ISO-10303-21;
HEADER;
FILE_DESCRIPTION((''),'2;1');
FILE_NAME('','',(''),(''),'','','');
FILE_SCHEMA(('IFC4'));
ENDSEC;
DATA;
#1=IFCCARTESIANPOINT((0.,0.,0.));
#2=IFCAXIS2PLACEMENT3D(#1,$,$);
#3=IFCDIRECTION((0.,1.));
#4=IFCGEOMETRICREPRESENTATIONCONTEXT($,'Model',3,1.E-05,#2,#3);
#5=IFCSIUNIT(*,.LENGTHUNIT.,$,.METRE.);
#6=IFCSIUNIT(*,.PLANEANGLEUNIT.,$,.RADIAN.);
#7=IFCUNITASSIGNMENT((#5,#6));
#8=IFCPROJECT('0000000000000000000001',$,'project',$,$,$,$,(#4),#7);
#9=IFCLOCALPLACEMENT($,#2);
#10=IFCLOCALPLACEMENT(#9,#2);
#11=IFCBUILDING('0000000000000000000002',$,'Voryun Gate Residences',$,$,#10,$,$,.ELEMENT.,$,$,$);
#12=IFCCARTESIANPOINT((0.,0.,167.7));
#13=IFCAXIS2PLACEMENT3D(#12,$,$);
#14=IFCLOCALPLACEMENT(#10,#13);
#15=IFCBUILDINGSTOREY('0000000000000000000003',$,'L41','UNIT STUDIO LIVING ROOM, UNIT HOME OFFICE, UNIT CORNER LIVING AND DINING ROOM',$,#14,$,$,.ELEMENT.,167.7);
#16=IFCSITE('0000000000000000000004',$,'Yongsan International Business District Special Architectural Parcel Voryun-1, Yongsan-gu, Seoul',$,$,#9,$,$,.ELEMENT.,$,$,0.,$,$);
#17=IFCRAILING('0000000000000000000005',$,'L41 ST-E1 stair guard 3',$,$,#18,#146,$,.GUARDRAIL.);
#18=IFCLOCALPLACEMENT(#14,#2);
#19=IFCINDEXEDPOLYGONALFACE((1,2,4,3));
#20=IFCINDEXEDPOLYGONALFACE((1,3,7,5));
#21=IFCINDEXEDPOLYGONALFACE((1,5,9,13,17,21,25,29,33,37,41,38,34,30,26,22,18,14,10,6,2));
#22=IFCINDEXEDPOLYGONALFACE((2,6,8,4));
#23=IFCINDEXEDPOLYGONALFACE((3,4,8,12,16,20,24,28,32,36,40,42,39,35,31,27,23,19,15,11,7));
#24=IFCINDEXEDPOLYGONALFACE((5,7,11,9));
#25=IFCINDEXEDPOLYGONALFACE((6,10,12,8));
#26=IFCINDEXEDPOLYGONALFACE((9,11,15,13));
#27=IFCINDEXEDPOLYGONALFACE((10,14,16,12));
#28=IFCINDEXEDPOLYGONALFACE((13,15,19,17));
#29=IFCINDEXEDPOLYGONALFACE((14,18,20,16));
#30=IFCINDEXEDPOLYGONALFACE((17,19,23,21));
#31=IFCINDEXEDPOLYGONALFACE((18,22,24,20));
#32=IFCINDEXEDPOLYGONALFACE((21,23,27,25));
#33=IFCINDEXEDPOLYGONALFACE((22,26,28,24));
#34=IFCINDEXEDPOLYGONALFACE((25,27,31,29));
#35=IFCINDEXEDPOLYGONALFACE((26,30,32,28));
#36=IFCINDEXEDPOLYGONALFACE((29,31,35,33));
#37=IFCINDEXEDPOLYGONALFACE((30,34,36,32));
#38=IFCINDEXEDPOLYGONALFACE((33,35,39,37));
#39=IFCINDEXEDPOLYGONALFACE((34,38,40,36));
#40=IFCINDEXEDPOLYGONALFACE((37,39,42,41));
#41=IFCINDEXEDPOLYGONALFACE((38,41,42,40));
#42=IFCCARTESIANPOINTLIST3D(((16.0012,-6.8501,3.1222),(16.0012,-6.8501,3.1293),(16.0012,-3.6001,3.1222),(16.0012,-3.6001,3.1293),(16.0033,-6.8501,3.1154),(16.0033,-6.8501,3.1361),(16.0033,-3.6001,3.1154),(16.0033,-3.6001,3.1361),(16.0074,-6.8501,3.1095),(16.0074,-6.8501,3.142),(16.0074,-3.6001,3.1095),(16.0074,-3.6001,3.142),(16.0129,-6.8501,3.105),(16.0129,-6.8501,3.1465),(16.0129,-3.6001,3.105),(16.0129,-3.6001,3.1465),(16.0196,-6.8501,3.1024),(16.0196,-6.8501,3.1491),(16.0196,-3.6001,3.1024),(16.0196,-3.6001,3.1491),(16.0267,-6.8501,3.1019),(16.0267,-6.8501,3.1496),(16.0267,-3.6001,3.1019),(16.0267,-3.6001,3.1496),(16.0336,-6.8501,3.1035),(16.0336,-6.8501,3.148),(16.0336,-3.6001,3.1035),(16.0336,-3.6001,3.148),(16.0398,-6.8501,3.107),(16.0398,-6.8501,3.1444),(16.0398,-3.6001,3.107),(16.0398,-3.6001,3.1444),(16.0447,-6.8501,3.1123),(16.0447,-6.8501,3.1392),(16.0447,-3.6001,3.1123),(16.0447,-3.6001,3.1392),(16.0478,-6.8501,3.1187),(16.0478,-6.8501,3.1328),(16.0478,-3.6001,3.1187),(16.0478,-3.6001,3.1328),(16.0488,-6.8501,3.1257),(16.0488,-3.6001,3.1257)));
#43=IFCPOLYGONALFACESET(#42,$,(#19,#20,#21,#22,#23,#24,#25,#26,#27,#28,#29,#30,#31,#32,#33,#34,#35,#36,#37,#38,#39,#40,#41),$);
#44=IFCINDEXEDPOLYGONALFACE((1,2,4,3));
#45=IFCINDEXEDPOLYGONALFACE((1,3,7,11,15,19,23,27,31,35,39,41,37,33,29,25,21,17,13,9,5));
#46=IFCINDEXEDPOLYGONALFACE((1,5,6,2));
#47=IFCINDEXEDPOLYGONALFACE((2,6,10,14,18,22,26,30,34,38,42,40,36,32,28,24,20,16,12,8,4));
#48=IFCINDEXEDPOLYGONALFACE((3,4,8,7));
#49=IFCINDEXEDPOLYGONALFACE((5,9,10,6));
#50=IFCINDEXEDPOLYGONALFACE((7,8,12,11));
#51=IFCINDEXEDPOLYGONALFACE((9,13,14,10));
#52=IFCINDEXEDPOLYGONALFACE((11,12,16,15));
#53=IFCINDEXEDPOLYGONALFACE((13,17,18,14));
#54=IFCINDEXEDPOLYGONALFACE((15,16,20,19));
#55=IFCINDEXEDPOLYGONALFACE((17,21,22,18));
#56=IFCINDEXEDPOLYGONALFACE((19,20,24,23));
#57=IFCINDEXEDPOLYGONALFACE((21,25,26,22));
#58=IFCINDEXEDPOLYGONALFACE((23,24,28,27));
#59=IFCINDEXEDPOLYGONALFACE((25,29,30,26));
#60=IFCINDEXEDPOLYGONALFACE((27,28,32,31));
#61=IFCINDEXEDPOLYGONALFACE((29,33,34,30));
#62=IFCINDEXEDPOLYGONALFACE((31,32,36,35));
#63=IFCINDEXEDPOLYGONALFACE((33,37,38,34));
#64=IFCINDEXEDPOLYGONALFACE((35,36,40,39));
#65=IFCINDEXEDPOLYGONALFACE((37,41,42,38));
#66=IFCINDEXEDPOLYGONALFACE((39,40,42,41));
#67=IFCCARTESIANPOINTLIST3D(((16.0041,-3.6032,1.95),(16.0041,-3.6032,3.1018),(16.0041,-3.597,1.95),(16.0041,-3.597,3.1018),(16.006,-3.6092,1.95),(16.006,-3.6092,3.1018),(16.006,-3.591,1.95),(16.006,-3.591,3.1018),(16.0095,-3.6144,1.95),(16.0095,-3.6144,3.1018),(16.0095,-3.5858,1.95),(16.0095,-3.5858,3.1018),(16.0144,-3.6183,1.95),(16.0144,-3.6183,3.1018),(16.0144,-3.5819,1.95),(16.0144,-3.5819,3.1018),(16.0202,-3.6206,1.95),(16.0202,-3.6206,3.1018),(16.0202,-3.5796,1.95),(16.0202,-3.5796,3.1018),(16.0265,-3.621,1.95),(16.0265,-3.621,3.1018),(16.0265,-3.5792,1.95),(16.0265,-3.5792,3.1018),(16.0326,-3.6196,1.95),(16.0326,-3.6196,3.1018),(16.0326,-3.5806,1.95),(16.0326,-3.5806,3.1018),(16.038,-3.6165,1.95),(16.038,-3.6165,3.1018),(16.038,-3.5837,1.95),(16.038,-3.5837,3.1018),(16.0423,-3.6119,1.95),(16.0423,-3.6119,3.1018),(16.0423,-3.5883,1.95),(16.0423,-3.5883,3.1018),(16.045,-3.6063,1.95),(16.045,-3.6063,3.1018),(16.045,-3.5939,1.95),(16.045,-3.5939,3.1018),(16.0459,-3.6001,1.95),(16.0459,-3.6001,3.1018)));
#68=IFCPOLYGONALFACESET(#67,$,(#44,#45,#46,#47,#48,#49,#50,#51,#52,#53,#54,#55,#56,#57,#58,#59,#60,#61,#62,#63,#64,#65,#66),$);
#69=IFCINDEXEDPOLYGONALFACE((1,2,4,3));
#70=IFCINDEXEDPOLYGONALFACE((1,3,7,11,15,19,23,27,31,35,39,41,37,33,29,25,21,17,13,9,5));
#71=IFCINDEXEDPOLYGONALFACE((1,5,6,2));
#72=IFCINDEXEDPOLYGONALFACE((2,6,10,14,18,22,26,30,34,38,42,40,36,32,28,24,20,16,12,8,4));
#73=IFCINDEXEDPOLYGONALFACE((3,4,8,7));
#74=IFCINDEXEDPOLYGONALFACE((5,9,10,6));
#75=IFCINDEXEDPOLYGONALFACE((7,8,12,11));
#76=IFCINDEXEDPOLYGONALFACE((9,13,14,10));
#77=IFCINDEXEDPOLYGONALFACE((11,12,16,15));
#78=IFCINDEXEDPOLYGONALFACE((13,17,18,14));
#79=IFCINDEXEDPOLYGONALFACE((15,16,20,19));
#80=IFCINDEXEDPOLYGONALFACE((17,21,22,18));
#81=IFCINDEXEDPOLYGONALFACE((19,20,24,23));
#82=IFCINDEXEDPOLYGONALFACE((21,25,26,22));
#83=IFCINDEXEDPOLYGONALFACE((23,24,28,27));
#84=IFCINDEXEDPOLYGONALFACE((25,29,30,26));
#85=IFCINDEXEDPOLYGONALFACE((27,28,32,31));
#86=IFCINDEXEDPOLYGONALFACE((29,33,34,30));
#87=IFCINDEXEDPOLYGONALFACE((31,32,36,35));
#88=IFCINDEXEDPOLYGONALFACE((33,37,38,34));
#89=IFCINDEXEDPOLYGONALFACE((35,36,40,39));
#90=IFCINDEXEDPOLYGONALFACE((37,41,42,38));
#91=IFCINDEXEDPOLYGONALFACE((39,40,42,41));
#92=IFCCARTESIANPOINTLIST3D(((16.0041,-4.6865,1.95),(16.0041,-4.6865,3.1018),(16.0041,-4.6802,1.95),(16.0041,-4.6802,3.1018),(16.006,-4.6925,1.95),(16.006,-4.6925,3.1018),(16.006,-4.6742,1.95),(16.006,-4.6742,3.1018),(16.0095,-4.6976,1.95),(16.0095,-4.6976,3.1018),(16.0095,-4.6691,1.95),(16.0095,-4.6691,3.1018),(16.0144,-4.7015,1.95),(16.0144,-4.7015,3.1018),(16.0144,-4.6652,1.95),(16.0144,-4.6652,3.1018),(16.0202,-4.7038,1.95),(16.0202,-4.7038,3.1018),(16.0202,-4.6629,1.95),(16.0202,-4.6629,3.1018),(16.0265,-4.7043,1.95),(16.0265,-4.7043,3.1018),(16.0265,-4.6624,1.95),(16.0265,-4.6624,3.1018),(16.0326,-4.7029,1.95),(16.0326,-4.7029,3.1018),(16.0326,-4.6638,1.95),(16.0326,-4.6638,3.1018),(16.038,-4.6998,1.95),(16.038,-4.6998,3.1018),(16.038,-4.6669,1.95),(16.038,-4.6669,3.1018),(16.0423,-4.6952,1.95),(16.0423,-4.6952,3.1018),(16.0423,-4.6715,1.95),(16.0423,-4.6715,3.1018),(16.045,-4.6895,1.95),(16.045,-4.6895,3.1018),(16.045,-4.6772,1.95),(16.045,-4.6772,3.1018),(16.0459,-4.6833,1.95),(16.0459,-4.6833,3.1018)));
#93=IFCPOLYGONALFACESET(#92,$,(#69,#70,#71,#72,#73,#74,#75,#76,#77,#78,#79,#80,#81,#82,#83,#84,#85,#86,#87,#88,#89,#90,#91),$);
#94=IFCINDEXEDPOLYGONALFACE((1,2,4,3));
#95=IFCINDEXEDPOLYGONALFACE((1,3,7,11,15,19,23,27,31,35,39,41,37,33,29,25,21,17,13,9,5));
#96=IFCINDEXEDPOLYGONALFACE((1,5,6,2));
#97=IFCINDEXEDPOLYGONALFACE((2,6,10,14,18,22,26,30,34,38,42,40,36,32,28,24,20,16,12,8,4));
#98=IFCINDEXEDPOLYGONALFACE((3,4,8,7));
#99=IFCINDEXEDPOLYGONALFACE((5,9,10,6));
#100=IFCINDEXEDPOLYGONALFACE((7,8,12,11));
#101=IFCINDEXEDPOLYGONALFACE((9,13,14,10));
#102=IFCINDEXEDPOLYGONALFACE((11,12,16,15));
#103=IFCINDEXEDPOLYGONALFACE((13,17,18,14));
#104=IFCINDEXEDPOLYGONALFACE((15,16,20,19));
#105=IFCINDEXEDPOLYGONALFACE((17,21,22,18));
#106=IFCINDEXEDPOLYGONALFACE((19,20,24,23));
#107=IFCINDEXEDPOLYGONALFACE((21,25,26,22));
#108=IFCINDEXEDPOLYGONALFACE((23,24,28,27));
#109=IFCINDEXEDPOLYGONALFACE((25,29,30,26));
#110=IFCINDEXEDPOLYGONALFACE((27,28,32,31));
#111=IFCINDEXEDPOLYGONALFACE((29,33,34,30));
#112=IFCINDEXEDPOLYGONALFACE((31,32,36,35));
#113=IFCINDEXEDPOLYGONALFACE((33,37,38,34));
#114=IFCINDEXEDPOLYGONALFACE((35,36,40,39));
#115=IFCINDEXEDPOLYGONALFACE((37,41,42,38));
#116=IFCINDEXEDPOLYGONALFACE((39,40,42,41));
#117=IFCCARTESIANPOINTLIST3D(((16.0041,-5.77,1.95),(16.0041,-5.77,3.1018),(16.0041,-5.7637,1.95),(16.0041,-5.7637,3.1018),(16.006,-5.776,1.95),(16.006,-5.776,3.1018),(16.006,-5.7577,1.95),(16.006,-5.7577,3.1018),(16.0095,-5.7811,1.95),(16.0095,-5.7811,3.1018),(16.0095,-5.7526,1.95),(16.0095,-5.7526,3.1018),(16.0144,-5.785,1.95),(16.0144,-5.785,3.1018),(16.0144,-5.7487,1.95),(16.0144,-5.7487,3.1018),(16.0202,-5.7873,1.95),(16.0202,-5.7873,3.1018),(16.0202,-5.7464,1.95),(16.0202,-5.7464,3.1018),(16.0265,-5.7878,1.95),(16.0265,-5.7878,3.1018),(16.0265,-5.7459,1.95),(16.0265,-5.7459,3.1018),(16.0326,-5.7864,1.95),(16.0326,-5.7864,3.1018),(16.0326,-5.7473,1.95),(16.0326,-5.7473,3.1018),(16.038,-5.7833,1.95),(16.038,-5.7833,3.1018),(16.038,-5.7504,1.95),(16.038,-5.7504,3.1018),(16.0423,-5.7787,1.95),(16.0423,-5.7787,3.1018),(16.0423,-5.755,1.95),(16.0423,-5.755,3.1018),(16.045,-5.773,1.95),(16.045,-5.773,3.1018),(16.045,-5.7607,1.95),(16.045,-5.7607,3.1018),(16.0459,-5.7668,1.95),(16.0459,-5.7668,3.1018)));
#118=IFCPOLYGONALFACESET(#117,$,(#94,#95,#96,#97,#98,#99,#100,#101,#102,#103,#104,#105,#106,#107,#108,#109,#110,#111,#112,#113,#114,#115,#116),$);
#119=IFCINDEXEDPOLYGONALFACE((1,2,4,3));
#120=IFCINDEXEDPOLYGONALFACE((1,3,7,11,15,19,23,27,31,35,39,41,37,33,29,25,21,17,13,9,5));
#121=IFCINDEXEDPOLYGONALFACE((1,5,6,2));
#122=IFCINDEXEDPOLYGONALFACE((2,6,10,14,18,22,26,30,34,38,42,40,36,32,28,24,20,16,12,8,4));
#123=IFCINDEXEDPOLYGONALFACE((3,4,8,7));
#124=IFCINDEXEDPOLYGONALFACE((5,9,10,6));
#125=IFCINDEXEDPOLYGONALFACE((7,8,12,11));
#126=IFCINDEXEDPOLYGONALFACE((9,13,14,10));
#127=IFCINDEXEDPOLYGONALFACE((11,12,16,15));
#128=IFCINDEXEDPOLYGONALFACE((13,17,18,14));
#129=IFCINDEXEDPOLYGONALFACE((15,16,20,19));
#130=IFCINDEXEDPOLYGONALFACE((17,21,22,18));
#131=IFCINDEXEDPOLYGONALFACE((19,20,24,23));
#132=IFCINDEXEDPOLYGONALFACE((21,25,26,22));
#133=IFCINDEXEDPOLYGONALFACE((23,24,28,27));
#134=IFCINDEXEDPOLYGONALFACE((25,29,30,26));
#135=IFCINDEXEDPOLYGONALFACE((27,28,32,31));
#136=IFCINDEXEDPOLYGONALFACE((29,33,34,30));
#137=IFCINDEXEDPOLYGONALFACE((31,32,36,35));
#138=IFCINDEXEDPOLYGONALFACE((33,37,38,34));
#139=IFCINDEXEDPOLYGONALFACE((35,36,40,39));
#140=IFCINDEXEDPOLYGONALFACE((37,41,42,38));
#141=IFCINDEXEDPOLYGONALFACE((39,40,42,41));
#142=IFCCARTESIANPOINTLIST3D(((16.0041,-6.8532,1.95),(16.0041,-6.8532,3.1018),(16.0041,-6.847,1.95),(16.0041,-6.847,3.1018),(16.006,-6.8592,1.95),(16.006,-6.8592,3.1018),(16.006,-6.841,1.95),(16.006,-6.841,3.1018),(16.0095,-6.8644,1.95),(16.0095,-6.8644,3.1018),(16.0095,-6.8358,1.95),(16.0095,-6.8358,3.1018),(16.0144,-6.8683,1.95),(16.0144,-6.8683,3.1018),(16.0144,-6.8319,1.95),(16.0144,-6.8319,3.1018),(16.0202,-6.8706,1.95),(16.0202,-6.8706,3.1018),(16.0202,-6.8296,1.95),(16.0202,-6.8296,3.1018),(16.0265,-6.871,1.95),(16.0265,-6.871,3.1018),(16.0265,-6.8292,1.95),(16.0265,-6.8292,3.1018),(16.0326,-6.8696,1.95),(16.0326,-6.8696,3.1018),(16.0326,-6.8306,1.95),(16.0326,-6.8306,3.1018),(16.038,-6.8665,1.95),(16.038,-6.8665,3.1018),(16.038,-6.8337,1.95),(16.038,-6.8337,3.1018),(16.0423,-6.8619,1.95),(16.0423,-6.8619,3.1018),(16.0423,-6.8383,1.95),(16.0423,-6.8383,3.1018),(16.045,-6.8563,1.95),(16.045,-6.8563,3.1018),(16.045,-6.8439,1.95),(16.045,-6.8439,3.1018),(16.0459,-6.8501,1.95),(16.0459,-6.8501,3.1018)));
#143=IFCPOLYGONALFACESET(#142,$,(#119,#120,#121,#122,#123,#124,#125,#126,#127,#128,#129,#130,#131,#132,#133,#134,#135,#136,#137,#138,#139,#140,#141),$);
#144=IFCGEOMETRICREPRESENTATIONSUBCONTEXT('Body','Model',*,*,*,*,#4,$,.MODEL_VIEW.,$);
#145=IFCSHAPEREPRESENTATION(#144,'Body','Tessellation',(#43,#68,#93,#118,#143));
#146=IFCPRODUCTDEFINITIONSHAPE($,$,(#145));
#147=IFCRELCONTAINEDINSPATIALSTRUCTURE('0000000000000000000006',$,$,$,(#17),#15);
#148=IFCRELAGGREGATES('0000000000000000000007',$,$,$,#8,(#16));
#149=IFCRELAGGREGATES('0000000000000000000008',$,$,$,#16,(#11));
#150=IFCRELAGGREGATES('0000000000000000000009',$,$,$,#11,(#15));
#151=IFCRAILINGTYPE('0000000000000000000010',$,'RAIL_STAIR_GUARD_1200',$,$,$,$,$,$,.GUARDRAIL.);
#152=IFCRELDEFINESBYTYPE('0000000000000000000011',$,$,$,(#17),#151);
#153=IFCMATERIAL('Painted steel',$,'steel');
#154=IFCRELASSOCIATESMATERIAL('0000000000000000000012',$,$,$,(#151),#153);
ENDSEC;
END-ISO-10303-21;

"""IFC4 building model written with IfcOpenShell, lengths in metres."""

from ifc_helpers import new_model, si_unit, direction, frame, origin, origin_2d, place, context, subcontext, project, spatial, circle, extrude, material, type_object, element, save


model = new_model("IFC4")

# Units and contexts
model_context = context("Model", 3, precision=1e-05, world=origin(), true_north=direction((0.0, 1.0)))
body_context = subcontext(model_context, "Body", "Model", "MODEL_VIEW")
ifc_project = project(units=[si_unit("LENGTHUNIT", "METRE"), si_unit("PLANEANGLEUNIT", "RADIAN")], contexts=[model_context])

# Site, building, storey
site_placement = place(None, origin())
site = spatial("IfcSite", under=ifc_project, at=site_placement, Name="Yongsan International Business District Special Architectural Parcel Voryun-1, Yongsan-gu, Seoul", CompositionType="ELEMENT", RefElevation=0.0)
building_placement = place(site_placement, origin())
building = spatial("IfcBuilding", under=site, at=building_placement, Name="Voryun Gate Residences", CompositionType="ELEMENT")
storey_placement = place(building_placement, frame((0.0, 0.0, 167.7)))
storey = spatial("IfcBuildingStorey", under=building, at=storey_placement, Name="L41", Description="UNIT STUDIO LIVING ROOM, UNIT HOME OFFICE, UNIT CORNER LIVING AND DINING ROOM", CompositionType="ELEMENT", Elevation=167.7)

# Railing
ifc_material_1 = material(Name="Painted steel", Category="steel")
railing_type_1 = type_object("IfcRailingType", Name="RAIL_STAIR_GUARD_1200", PredefinedType="GUARDRAIL", material=ifc_material_1)
for number, where, name in (
    (1, (16.0249, -3.6001, 1.95), "L41 ST-E1 stair guard 3"),
):
    element("IfcRailing", number, at=place(storey_placement, frame(where)), inside=storey, type_object=railing_type_1, Name=name, PredefinedType="GUARDRAIL", context=body_context, shape_type="SweptSolid", body=[
        extrude(circle(Radius=0.0239, at=origin_2d()), frame((0.0, 0.0, 1.1758), z_axis=(0.0, -1.0, 0.0), x_axis=(1.0, 0.0, 0.0)), (0.0, 0.0, 1.0), 3.25),
        extrude(circle(Radius=0.021, at=origin_2d()), origin(), (0.0, 0.0, 1.0), 1.1519),
        extrude(circle(Radius=0.021, at=origin_2d()), frame((0.0, -1.0833, 0.0)), (0.0, 0.0, 1.0), 1.1519),
        extrude(circle(Radius=0.021, at=origin_2d()), frame((0.0, -2.1667, 0.0)), (0.0, 0.0, 1.0), 1.1519),
        extrude(circle(Radius=0.021, at=origin_2d()), frame((0.0, -3.25, 0.0)), (0.0, 0.0, 1.0), 1.1519),
    ])

save(model, "model.ifc")
